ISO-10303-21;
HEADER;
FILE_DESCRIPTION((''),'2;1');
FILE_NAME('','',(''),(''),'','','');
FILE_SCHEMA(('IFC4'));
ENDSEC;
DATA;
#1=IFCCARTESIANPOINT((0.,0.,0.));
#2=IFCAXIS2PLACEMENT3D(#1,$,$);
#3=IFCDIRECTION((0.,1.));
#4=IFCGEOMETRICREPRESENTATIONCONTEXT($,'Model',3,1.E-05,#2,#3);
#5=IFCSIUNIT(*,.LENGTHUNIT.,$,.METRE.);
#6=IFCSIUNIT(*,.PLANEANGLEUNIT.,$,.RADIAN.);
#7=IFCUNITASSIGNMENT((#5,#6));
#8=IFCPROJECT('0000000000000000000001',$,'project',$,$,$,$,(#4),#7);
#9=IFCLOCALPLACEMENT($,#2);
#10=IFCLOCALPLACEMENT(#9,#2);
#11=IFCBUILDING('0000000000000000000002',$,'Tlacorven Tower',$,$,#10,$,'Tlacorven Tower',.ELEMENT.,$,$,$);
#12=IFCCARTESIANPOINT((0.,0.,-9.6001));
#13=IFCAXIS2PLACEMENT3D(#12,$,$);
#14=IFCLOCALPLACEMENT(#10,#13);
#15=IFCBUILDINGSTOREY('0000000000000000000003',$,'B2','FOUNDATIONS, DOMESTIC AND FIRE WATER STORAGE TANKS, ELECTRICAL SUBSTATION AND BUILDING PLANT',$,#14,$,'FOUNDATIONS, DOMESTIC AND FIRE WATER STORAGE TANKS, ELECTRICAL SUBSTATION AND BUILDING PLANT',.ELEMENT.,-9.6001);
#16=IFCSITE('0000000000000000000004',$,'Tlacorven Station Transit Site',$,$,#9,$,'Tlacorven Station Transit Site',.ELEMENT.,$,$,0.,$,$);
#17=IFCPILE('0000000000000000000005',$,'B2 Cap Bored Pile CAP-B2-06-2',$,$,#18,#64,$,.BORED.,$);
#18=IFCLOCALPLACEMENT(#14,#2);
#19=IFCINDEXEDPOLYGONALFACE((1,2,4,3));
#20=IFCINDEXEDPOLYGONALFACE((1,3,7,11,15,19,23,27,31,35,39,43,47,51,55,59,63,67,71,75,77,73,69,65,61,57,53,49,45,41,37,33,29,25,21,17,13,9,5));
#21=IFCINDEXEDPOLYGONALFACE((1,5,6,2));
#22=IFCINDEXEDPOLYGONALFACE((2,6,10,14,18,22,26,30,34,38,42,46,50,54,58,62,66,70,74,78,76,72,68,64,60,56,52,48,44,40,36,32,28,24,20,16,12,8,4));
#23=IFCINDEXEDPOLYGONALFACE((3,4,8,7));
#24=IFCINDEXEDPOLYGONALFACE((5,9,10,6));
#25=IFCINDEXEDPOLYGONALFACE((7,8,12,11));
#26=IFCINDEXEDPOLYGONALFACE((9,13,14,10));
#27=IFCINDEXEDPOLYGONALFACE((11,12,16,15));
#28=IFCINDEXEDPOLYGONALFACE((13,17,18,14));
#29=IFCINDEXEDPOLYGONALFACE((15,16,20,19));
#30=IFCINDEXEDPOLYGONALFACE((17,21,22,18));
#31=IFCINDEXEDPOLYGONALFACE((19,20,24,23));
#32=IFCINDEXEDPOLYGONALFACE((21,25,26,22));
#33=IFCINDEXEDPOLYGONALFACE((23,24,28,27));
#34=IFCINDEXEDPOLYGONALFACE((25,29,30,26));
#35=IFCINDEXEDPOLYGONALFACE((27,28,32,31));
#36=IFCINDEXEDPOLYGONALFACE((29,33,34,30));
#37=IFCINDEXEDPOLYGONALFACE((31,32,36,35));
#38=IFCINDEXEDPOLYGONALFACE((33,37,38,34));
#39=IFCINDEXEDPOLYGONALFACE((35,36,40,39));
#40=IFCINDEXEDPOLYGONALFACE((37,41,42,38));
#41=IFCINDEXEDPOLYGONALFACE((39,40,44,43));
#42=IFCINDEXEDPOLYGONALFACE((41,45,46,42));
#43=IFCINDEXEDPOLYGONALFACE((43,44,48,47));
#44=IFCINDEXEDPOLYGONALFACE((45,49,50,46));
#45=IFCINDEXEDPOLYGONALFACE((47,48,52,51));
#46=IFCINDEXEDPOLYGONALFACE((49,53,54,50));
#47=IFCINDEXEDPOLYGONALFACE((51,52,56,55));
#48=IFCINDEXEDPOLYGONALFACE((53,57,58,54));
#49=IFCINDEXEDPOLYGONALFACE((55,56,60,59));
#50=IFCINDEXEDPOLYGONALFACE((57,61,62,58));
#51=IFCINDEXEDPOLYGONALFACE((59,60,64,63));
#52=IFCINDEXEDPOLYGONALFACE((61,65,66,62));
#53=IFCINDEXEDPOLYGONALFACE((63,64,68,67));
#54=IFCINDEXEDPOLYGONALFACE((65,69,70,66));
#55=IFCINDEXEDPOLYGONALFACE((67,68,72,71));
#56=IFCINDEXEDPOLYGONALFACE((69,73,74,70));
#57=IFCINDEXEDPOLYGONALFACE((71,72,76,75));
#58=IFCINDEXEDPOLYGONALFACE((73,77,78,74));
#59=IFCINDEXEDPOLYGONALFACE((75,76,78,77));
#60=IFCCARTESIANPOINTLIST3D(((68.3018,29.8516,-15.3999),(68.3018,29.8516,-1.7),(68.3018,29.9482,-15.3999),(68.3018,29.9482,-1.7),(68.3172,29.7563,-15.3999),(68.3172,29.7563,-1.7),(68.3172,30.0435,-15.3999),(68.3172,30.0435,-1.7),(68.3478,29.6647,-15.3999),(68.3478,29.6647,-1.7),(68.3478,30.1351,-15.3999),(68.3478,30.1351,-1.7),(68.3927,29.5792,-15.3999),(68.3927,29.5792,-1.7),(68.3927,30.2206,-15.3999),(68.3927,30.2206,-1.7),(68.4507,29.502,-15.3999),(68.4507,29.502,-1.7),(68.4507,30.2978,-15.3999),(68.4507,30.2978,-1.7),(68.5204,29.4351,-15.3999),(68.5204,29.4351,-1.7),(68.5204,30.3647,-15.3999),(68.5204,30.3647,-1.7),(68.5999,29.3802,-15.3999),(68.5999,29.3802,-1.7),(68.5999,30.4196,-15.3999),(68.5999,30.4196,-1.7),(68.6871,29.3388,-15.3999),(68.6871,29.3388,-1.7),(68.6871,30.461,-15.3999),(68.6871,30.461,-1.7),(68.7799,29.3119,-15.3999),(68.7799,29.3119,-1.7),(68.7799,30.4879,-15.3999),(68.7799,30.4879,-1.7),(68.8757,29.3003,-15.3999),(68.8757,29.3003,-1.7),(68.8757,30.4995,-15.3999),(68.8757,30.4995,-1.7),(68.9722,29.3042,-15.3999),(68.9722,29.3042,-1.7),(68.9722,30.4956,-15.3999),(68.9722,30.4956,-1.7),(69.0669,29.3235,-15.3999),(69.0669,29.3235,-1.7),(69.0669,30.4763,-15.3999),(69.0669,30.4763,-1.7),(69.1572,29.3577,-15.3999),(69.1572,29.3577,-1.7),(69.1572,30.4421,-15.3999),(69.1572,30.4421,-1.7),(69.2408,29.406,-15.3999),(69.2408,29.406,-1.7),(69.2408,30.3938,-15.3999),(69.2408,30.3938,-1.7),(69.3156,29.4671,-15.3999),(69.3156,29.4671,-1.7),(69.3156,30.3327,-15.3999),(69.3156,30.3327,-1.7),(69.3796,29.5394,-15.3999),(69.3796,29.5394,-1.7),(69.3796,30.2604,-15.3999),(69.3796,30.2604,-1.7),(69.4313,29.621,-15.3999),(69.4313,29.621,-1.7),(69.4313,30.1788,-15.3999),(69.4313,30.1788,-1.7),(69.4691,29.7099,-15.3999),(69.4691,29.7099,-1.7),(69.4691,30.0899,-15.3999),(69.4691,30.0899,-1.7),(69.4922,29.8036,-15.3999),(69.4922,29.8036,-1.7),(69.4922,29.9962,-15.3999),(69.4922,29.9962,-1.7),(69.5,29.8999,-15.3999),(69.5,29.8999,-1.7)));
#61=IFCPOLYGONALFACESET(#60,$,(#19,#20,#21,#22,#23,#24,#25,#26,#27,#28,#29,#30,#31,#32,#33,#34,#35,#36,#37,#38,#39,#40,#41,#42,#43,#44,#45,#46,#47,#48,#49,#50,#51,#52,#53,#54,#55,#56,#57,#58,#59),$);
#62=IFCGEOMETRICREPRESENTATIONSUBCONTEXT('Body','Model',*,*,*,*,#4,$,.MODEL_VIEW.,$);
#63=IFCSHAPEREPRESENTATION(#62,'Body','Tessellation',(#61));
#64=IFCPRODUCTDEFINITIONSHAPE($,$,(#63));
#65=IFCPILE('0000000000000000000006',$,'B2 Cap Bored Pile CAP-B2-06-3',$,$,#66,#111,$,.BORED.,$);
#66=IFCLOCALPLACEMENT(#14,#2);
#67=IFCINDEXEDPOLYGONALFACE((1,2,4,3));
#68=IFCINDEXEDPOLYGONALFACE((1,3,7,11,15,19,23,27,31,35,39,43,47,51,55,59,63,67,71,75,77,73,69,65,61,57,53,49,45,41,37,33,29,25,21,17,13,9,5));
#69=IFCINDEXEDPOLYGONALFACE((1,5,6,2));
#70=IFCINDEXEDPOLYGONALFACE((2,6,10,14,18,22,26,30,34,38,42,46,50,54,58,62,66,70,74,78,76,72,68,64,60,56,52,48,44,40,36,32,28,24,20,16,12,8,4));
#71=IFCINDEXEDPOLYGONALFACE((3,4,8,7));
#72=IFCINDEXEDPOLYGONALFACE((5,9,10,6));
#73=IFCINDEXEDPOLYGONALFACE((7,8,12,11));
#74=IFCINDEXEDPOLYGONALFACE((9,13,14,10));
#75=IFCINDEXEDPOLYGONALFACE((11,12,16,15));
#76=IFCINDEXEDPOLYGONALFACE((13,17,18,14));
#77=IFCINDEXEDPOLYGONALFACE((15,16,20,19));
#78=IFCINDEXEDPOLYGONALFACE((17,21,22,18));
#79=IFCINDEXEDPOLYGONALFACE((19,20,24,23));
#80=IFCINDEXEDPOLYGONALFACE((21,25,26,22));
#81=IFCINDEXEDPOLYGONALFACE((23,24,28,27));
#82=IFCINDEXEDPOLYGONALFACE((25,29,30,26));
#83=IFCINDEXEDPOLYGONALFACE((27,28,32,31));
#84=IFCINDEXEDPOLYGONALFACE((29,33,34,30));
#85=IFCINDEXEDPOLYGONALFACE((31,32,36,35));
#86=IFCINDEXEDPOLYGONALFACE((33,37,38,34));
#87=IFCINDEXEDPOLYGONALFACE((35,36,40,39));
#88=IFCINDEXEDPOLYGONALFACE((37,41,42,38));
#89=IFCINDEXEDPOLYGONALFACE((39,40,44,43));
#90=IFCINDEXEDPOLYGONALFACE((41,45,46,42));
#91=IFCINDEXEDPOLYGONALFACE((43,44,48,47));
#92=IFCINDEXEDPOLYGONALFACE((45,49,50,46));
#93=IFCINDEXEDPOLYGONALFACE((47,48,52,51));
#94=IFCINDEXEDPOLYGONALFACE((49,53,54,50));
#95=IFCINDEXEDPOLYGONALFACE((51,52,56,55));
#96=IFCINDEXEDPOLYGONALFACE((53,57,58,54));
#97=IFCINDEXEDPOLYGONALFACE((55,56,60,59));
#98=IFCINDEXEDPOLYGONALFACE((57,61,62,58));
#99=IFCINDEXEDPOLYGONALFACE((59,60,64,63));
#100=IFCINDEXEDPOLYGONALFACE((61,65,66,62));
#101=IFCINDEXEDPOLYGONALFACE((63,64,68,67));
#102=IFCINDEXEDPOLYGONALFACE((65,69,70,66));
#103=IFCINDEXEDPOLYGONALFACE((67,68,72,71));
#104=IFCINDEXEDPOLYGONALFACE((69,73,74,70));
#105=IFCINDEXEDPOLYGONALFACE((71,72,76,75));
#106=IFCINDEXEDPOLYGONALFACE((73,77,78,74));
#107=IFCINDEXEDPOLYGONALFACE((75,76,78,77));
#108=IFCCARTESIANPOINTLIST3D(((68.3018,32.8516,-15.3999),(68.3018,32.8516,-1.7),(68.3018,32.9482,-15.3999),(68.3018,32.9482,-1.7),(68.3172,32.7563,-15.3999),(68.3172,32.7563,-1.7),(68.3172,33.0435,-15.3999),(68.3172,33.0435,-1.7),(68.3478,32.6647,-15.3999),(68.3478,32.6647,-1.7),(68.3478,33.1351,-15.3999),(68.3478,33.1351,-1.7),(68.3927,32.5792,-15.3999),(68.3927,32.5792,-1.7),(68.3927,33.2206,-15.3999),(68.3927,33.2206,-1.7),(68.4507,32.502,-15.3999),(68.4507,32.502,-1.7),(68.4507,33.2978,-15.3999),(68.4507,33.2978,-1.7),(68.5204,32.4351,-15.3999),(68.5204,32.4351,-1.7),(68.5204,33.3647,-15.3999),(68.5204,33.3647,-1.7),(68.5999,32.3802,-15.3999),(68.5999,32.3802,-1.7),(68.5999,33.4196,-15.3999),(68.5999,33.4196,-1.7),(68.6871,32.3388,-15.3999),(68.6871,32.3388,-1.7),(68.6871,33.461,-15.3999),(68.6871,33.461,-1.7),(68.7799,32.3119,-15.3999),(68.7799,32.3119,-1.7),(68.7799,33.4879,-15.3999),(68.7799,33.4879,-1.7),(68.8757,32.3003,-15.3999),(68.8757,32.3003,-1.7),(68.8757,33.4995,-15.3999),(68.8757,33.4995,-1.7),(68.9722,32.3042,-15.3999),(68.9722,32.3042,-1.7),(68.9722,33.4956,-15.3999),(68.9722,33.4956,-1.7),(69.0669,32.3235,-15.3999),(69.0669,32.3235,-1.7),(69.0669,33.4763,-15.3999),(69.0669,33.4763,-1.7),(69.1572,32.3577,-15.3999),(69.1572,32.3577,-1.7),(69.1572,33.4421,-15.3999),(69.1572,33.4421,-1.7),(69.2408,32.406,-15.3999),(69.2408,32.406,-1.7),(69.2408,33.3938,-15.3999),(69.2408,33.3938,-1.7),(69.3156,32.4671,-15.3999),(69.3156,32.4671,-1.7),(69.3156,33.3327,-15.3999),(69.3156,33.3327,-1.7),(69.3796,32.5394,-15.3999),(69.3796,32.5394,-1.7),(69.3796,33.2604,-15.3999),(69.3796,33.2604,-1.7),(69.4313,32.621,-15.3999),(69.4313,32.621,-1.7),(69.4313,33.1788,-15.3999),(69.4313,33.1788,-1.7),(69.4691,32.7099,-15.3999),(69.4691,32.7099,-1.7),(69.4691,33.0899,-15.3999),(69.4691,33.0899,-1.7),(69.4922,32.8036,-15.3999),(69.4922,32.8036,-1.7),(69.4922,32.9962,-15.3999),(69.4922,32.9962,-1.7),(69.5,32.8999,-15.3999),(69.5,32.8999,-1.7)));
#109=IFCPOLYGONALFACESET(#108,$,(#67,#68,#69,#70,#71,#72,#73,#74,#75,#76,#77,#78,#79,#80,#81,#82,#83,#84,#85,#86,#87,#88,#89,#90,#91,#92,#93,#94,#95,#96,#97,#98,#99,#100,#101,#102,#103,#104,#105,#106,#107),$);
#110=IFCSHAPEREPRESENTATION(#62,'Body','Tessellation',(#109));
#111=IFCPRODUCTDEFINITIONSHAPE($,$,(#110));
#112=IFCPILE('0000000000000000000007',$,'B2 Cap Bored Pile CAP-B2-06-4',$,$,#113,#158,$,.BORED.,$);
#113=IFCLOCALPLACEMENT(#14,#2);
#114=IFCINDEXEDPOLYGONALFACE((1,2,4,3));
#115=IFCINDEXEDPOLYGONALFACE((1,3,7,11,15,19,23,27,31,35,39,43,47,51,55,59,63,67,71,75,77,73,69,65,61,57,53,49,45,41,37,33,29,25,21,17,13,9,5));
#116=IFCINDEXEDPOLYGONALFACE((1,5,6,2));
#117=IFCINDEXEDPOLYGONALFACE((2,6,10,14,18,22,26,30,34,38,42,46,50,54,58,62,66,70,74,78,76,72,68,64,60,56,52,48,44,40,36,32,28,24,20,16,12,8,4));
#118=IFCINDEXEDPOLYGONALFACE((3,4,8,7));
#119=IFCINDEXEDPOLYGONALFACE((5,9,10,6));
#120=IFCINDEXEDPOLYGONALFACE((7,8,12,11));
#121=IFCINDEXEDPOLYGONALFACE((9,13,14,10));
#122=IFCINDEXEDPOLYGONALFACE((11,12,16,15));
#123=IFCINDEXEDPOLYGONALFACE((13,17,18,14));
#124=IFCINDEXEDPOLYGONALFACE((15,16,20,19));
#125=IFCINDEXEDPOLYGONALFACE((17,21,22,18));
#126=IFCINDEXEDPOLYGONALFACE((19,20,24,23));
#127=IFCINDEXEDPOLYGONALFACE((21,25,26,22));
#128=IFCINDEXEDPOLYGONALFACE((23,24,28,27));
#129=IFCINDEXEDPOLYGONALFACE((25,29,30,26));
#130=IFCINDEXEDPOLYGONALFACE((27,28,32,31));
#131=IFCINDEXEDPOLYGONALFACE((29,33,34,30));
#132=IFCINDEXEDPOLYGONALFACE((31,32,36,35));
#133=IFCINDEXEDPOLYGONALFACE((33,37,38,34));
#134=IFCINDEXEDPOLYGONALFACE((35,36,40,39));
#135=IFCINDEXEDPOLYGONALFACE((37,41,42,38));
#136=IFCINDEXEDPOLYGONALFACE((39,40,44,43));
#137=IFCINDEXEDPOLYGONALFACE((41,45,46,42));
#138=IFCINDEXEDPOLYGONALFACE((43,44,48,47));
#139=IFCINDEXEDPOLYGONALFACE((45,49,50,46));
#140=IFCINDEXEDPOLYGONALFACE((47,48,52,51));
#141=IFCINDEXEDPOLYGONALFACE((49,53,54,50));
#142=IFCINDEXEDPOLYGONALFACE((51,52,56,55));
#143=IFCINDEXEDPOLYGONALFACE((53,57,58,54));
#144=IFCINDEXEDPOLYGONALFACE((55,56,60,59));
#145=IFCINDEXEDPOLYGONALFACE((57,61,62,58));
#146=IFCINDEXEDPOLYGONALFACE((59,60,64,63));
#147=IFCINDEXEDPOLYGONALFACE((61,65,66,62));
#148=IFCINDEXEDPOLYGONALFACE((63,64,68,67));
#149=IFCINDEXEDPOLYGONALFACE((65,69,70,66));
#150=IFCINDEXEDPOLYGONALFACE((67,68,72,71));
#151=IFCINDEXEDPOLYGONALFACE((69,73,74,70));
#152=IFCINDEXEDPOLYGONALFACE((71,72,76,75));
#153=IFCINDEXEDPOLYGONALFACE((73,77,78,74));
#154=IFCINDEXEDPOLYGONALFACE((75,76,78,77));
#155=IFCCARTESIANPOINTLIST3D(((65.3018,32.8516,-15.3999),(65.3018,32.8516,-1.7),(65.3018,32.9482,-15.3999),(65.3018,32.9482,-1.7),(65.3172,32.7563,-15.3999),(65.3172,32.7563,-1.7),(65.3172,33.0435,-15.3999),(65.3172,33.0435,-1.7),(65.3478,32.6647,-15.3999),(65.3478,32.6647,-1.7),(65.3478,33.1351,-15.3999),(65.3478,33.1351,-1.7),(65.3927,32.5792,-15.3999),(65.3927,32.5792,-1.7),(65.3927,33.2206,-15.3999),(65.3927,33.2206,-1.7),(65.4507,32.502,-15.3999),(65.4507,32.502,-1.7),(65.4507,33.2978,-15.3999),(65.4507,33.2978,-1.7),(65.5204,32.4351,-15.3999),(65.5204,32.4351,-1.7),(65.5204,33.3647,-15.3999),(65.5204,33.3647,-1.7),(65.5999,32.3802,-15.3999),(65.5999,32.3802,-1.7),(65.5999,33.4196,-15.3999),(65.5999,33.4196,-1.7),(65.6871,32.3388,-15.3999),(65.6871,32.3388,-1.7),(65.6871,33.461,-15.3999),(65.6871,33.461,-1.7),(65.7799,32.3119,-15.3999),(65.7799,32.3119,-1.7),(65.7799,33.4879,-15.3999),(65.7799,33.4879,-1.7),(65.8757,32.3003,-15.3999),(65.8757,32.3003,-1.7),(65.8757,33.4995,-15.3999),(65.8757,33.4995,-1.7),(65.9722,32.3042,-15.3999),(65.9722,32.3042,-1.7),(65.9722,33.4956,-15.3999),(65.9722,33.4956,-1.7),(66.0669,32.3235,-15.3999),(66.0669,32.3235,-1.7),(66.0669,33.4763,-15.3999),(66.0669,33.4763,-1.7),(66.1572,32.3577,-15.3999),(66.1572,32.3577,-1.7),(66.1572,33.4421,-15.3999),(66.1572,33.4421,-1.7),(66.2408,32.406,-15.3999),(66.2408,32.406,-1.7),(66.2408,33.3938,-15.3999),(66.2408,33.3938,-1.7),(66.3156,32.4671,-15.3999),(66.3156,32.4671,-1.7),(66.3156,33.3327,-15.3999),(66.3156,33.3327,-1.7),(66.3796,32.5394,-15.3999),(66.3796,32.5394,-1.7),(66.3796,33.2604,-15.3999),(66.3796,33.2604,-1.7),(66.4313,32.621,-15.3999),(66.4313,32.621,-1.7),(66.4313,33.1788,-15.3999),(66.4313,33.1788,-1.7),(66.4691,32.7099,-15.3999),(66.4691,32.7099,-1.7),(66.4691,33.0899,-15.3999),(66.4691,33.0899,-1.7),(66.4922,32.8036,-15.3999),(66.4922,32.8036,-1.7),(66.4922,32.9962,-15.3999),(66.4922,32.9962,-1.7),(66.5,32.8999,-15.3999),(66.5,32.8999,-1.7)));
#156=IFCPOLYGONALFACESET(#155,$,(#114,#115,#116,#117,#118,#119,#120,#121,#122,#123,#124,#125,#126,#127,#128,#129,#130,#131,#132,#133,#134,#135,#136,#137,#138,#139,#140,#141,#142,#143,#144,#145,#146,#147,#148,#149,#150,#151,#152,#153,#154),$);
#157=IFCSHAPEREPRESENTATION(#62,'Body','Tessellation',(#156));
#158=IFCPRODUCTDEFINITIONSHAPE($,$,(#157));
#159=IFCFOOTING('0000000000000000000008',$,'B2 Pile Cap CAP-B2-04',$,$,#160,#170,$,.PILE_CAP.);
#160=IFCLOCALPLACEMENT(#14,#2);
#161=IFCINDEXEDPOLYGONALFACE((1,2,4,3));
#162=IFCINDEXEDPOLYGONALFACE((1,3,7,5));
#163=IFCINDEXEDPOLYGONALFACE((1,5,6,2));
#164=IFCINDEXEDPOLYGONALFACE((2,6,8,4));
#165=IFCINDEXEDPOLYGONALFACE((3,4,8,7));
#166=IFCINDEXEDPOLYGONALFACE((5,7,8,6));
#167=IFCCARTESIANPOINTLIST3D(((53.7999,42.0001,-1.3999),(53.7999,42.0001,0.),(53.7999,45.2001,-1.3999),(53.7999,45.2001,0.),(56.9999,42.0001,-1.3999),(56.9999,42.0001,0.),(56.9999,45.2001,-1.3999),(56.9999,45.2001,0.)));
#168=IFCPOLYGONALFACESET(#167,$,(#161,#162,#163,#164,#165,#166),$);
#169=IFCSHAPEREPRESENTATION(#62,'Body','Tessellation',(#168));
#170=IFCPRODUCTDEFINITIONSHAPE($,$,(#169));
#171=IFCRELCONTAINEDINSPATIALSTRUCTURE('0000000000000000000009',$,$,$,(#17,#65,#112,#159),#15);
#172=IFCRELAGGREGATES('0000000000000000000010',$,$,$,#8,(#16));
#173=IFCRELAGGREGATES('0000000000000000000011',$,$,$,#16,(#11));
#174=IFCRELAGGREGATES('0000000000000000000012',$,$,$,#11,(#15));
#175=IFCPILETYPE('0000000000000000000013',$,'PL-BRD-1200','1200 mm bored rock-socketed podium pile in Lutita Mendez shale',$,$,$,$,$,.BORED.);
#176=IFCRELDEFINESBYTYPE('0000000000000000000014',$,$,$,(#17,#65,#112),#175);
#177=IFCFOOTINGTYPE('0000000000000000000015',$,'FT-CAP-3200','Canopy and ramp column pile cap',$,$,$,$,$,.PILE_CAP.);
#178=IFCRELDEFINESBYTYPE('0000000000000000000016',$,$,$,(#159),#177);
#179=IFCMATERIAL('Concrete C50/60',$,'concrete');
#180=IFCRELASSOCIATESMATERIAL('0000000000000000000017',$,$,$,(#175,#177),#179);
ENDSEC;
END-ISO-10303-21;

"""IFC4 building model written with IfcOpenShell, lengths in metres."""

from ifc_helpers import new_model, si_unit, direction, frame, origin, origin_2d, place, context, subcontext, project, spatial, rectangle, circle, extrude, source, transform, mapped, material, material_profile, profile_set, type_object, element, save


model = new_model("IFC4")

# Units and contexts
model_context = context("Model", 3, precision=1e-05, world=origin(), true_north=direction((0.0, 1.0)))
body_context = subcontext(model_context, "Body", "Model", "MODEL_VIEW")
ifc_project = project(units=[si_unit("LENGTHUNIT", "METRE"), si_unit("PLANEANGLEUNIT", "RADIAN")], contexts=[model_context])

# Site, building, storey
site_placement = place(None, origin())
site = spatial("IfcSite", under=ifc_project, at=site_placement, Name="Tlacorven Station Transit Site", LongName="Tlacorven Station Transit Site", CompositionType="ELEMENT", RefElevation=0.0)
building_placement = place(site_placement, origin())
building = spatial("IfcBuilding", under=site, at=building_placement, Name="Tlacorven Tower", LongName="Tlacorven Tower", CompositionType="ELEMENT")
storey_placement = place(building_placement, frame((0.0, 0.0, -9.6001)))
storey = spatial("IfcBuildingStorey", under=building, at=storey_placement, Name="B2", Description="FOUNDATIONS, DOMESTIC AND FIRE WATER STORAGE TANKS, ELECTRICAL SUBSTATION AND BUILDING PLANT", LongName="FOUNDATIONS, DOMESTIC AND FIRE WATER STORAGE TANKS, ELECTRICAL SUBSTATION AND BUILDING PLANT", CompositionType="ELEMENT", Elevation=-9.6001)

# Shared definitions
ifc_material_1 = material(Name="Concrete C50/60", Category="concrete")

# Piles
ifc_material_profile_1 = material_profile(ifc_material_1, circle(Radius=0.6001, at=origin_2d()), Name="BORED PILE D1200")
ifc_profile_set_1 = profile_set([ifc_material_profile_1], Name="Concrete C50/60")
pile_type_1 = type_object("IfcPileType", Name="PL-BRD-1200", Description="1200 mm bored rock-socketed podium pile in Lutita Mendez shale", PredefinedType="BORED", material=ifc_profile_set_1)
shared_shape_1 = source(origin(), body_context, "Body", "SweptSolid", [
    extrude(circle(Radius=0.6001, at=origin_2d()), origin(), (0.0, 0.0, 1.0), 13.7),
])
for number, where, z_axis, x_axis, name in (
    (1, (68.8999, 29.8999, -1.7), (0.0, 0.0, -1.0), (1.0, 0.0, 0.0), "B2 Cap Bored Pile CAP-B2-06-2"),
    (2, (68.8999, 32.8999, -1.7), (0.0, 0.0, -1.0), (1.0, 0.0, 0.0), "B2 Cap Bored Pile CAP-B2-06-3"),
    (3, (65.8999, 32.8999, -1.7), (0.0, 0.0, -1.0), (1.0, 0.0, 0.0), "B2 Cap Bored Pile CAP-B2-06-4"),
):
    element("IfcPile", number, at=place(storey_placement, frame(where, z_axis=z_axis, x_axis=x_axis)), inside=storey, type_object=pile_type_1, Name=name, PredefinedType="BORED", context=body_context, shape_type="MappedRepresentation", body=[
        mapped(shared_shape_1, transform((0.0, 0.0, 0.0), scale=1.0)),
    ])

# Footing
footing_type_1 = type_object("IfcFootingType", Name="FT-CAP-3200", Description="Canopy and ramp column pile cap", PredefinedType="PILE_CAP", material=ifc_material_1)
shared_shape_2 = source(origin(), body_context, "Body", "SweptSolid", [
    extrude(rectangle(XDim=3.2, YDim=3.2, at=origin_2d()), origin(), (0.0, 0.0, 1.0), 1.3999),
])
footing_1_placement = place(storey_placement, frame((55.3999, 43.6001, -1.3999), z_axis=(0.0, 0.0, 1.0), x_axis=(1.0, 0.0, 0.0)))
element("IfcFooting", 4, at=footing_1_placement, inside=storey, type_object=footing_type_1, Name="B2 Pile Cap CAP-B2-04", PredefinedType="PILE_CAP", context=body_context, shape_type="MappedRepresentation", body=[
    mapped(shared_shape_2, transform((0.0, 0.0, 0.0), scale=1.0)),
])

save(model, "model.ifc")
